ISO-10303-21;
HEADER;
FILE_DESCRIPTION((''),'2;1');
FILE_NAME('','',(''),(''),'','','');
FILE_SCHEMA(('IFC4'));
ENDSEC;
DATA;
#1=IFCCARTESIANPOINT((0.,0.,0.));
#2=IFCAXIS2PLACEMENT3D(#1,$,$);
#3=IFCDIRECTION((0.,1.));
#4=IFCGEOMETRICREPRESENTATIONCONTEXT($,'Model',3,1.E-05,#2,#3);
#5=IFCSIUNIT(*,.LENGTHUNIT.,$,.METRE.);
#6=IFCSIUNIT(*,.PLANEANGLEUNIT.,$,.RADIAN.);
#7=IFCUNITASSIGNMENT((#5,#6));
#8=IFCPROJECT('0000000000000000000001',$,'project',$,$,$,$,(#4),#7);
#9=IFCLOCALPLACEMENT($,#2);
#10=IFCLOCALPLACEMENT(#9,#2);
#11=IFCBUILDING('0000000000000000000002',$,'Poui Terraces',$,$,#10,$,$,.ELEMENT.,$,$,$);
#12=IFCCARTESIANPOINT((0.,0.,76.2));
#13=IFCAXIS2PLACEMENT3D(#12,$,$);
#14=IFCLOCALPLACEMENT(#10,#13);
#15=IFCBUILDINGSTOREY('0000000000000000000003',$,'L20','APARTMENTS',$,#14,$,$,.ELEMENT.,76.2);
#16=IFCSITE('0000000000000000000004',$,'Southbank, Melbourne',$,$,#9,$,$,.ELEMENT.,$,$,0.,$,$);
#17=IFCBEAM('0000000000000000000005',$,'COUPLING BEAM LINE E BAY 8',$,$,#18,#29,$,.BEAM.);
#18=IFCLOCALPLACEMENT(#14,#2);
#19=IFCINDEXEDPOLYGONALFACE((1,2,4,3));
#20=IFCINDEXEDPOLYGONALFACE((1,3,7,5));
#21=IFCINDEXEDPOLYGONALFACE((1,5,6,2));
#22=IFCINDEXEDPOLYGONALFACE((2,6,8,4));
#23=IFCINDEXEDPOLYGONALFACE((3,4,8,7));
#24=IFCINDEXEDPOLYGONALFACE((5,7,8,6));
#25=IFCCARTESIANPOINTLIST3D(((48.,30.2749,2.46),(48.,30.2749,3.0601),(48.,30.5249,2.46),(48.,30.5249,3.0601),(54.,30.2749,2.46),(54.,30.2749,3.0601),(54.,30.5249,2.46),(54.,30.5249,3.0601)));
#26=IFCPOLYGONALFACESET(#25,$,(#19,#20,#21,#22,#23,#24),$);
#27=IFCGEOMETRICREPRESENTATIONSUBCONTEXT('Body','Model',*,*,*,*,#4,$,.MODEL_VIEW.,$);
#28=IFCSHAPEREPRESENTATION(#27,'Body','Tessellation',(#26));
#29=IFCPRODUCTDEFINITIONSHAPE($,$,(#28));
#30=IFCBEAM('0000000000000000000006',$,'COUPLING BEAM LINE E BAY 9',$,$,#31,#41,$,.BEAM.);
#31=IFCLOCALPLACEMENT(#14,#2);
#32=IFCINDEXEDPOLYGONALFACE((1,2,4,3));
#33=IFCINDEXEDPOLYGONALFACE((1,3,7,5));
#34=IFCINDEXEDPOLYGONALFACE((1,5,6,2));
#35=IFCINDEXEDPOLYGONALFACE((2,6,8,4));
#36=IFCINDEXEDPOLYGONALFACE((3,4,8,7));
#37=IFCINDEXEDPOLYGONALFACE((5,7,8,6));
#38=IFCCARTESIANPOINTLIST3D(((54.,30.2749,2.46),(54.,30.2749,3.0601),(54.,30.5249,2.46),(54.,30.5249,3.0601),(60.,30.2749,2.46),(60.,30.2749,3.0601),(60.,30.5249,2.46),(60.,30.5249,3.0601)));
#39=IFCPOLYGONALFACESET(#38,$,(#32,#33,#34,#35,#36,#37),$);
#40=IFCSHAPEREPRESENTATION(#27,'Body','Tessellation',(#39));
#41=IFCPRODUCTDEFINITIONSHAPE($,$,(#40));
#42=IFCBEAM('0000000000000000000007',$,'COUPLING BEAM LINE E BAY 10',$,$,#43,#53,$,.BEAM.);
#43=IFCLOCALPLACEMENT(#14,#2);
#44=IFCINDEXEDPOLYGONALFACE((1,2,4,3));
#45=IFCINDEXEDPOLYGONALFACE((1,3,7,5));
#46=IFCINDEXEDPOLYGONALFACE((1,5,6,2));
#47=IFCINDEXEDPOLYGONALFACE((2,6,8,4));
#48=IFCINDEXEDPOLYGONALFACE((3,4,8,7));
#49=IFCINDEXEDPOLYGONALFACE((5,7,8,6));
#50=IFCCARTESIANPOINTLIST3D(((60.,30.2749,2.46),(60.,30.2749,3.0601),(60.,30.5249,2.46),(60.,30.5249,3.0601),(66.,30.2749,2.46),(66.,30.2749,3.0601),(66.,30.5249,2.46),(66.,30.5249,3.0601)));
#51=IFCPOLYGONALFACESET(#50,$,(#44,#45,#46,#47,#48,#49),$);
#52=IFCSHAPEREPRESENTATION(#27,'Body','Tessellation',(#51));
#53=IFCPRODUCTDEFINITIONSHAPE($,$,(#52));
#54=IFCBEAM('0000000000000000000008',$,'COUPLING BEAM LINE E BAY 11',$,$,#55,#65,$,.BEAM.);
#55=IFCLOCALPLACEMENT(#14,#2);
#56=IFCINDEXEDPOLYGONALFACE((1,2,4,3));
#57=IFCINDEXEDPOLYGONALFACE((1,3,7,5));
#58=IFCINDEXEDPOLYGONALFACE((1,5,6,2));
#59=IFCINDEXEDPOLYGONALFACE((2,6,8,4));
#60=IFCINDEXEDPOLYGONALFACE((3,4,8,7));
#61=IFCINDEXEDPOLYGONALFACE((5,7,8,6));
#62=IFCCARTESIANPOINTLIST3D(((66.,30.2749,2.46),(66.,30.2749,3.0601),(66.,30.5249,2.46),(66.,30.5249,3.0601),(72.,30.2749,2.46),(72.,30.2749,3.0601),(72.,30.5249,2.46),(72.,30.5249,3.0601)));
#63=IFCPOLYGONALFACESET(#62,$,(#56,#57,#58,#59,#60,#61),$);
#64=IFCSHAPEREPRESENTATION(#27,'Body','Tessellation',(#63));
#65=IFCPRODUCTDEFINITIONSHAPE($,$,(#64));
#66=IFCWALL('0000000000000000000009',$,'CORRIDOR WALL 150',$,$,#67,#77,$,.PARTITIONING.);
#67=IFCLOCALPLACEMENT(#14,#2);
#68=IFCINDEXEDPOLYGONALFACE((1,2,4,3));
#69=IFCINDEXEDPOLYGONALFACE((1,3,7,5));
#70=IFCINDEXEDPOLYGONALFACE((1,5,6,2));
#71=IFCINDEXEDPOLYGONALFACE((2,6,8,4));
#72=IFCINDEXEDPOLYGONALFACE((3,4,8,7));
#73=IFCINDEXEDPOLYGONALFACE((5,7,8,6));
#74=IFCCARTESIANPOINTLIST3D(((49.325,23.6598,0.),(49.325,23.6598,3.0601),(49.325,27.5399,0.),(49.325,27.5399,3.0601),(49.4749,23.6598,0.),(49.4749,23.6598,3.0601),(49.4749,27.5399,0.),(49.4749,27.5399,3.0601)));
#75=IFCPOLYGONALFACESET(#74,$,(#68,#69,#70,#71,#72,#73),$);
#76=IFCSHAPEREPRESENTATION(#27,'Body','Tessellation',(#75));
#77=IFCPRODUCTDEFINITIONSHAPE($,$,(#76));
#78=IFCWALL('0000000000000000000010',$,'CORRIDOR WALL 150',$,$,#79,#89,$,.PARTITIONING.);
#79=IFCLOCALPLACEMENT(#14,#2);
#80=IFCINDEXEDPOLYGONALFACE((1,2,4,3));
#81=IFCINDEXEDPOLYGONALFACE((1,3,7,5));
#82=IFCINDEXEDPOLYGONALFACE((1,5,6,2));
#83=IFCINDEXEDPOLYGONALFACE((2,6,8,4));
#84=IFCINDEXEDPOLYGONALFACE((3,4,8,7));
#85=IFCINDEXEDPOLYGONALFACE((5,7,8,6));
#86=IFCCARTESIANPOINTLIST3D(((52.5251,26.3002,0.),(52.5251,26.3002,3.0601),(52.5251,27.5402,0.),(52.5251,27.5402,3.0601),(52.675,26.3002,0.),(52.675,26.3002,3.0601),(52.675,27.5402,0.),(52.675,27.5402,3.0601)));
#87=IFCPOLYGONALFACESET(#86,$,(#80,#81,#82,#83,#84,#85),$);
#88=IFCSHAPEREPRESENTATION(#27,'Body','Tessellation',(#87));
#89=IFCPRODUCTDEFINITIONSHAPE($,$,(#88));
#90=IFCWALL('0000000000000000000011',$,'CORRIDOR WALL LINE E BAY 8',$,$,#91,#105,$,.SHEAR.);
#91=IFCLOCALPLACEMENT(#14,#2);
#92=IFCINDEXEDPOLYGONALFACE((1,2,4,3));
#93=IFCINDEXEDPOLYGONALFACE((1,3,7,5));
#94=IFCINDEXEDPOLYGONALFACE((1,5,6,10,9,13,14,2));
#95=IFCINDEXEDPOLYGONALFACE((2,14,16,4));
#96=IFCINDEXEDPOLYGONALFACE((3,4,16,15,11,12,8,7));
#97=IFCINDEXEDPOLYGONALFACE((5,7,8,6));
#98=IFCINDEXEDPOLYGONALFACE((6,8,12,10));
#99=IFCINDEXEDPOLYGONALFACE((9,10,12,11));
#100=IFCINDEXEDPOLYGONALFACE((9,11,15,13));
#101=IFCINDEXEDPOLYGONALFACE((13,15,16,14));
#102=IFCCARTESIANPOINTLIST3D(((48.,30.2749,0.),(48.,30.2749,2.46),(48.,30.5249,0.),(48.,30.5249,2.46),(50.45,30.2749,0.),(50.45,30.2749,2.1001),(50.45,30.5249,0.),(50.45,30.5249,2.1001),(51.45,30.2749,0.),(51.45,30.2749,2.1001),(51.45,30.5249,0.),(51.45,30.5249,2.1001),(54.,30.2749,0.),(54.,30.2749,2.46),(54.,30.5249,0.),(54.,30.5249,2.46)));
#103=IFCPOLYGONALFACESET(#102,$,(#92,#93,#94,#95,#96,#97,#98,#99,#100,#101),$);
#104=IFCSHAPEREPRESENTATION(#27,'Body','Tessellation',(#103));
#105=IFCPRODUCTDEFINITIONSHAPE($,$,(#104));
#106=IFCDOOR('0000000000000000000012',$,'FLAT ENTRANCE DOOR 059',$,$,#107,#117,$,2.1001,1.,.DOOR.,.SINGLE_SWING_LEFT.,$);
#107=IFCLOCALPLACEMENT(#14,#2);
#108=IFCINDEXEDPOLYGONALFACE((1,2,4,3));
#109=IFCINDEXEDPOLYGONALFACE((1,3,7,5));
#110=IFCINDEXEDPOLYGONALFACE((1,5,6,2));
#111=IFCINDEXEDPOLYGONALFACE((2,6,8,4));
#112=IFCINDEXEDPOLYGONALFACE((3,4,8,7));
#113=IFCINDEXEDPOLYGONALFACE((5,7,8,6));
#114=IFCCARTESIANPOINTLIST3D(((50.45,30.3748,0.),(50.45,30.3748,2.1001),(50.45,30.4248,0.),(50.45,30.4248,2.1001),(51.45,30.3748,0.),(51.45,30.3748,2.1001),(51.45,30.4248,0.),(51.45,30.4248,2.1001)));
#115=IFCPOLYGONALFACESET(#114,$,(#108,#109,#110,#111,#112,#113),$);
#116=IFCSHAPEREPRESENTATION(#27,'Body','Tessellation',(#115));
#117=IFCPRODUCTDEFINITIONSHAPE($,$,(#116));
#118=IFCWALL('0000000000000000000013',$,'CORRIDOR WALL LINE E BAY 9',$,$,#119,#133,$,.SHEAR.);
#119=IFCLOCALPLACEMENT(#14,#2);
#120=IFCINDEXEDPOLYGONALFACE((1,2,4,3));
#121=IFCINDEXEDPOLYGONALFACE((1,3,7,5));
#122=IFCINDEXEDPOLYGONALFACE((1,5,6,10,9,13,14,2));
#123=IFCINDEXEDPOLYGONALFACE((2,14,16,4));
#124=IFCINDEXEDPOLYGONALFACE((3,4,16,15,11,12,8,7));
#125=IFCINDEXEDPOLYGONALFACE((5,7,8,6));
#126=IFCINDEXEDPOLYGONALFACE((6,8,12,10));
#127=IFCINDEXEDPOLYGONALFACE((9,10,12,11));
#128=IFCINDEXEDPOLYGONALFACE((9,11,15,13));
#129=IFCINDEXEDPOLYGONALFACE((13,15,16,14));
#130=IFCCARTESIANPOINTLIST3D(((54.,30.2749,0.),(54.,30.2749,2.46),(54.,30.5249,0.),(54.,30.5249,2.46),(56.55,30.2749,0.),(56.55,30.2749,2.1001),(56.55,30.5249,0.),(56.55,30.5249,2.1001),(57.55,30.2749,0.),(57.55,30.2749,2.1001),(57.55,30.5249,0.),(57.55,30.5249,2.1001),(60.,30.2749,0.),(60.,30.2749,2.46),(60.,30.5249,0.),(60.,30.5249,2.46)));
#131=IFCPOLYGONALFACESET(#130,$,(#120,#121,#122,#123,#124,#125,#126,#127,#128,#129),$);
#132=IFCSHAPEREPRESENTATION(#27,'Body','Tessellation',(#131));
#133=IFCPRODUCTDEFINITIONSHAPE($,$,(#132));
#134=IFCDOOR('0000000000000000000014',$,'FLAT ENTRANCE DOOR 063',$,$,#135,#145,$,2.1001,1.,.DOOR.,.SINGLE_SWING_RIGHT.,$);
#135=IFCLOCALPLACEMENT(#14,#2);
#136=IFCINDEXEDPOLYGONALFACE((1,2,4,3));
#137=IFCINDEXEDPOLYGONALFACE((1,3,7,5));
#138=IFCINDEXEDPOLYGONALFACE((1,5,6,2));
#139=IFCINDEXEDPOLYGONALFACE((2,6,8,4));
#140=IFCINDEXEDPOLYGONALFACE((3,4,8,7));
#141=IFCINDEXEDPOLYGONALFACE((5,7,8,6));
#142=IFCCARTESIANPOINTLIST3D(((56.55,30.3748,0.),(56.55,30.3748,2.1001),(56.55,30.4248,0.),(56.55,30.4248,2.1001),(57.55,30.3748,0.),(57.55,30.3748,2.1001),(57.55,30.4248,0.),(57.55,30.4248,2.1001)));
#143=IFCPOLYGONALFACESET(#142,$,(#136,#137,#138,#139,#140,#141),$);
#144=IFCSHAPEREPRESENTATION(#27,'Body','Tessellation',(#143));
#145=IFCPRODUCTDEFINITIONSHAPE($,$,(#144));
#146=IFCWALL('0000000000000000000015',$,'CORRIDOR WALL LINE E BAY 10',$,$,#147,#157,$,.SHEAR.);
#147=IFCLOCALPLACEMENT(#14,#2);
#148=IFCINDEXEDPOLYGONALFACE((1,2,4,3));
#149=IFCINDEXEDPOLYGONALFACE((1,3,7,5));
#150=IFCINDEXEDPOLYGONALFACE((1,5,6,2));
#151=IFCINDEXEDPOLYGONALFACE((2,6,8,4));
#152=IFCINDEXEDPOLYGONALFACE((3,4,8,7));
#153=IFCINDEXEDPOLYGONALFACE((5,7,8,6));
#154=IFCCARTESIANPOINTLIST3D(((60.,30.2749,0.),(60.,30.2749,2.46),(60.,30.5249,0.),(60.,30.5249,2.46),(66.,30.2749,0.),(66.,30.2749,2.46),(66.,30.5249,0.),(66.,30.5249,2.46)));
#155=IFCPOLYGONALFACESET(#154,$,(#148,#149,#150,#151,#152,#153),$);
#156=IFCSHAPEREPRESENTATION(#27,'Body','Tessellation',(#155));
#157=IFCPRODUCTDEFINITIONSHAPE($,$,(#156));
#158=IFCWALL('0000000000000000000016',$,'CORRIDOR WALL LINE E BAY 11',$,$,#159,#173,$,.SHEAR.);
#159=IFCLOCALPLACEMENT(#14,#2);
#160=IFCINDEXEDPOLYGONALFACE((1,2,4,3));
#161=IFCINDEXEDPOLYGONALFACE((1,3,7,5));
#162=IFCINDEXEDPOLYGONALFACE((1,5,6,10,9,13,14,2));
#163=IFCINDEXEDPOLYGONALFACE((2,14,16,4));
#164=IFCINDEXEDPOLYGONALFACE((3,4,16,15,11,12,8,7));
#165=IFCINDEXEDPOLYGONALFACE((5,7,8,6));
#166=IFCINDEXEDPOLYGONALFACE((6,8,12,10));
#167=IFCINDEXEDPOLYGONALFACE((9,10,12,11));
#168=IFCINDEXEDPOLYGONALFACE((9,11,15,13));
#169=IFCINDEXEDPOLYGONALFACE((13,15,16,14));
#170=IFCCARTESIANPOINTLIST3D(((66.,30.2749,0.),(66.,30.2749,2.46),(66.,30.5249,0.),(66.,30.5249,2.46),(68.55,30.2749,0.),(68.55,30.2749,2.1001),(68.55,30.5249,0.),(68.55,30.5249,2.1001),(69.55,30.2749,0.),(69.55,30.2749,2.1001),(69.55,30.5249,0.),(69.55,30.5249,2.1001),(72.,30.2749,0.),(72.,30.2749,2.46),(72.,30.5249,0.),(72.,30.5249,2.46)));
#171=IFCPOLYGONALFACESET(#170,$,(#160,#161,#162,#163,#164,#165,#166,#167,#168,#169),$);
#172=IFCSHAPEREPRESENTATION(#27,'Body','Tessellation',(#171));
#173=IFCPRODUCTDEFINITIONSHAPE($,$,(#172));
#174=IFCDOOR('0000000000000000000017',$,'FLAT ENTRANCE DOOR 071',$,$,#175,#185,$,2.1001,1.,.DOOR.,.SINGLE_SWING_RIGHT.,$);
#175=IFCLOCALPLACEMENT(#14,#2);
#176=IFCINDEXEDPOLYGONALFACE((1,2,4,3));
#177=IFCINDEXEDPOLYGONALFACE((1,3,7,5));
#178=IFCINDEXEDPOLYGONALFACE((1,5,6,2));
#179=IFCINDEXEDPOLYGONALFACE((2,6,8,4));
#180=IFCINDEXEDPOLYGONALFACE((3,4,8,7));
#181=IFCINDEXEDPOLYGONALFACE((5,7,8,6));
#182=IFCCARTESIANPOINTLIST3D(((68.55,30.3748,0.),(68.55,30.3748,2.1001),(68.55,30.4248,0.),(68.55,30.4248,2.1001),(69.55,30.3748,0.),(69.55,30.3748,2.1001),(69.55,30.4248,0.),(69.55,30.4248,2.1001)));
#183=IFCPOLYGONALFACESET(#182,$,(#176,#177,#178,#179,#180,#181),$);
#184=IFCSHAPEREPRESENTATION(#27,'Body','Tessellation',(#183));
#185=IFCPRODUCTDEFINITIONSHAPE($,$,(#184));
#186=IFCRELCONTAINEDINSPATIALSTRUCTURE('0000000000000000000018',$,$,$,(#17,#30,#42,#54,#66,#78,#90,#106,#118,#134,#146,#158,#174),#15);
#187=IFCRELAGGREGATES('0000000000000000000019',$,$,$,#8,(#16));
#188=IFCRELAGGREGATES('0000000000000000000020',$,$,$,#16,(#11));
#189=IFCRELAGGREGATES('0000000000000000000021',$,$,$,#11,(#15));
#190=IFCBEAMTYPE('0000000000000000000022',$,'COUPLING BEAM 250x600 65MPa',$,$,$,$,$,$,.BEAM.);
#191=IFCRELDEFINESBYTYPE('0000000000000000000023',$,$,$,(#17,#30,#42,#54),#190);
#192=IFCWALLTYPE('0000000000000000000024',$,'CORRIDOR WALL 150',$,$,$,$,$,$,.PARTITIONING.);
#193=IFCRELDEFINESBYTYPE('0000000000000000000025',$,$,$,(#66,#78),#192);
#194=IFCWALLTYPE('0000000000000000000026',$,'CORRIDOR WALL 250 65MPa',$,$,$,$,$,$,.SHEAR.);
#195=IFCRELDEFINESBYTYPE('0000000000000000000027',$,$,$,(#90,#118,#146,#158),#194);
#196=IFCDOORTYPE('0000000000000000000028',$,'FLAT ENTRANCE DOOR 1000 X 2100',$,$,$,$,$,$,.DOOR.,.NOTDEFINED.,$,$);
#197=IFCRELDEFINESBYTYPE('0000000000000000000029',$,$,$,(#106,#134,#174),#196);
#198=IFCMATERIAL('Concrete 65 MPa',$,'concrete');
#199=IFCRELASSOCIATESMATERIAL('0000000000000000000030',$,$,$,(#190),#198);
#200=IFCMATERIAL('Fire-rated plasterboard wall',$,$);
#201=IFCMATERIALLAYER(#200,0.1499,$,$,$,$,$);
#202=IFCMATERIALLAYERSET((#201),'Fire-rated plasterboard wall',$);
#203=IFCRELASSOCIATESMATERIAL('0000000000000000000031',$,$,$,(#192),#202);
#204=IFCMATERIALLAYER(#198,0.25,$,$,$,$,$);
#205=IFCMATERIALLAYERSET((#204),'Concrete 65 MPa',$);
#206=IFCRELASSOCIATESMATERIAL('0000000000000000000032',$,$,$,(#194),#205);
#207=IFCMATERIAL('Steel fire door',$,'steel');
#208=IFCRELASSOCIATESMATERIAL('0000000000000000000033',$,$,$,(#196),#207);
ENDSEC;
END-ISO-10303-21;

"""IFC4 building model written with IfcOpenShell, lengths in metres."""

from ifc_helpers import new_model, si_unit, direction, frame, frame_2d, origin, origin_2d, place, context, subcontext, project, spatial, rectangle, extrude, source, transform, mapped, material, layer, layer_set, material_profile, profile_set, type_object, element, fill, save


model = new_model("IFC4")

# Units and contexts
model_context = context("Model", 3, precision=1e-05, world=origin(), true_north=direction((0.0, 1.0)))
body_context = subcontext(model_context, "Body", "Model", "MODEL_VIEW")
ifc_project = project(units=[si_unit("LENGTHUNIT", "METRE"), si_unit("PLANEANGLEUNIT", "RADIAN")], contexts=[model_context])

# Site, building, storey
site_placement = place(None, origin())
site = spatial("IfcSite", under=ifc_project, at=site_placement, Name="Southbank, Melbourne", CompositionType="ELEMENT", RefElevation=0.0)
building_placement = place(site_placement, origin())
building = spatial("IfcBuilding", under=site, at=building_placement, Name="Poui Terraces", CompositionType="ELEMENT")
storey_placement = place(building_placement, frame((0.0, 0.0, 76.2)))
storey = spatial("IfcBuildingStorey", under=building, at=storey_placement, Name="L20", Description="APARTMENTS", CompositionType="ELEMENT", Elevation=76.2)

# Beams
ifc_material_1 = material(Name="Concrete 65 MPa", Category="concrete")
ifc_material_profile = material_profile(ifc_material_1, rectangle(XDim=0.25, YDim=0.6001, at=origin_2d()), Name="RC 250x600")
ifc_profile_set = profile_set([ifc_material_profile], Name="Concrete 65 MPa")
beam_type = type_object("IfcBeamType", Name="COUPLING BEAM 250x600 65MPa", PredefinedType="BEAM", material=ifc_profile_set)
shared_shape = source(origin(), body_context, "Body", "SweptSolid", [
    extrude(rectangle(XDim=0.25, YDim=0.6001, at=origin_2d()), origin(), (0.0, 0.0, 1.0), 6.0),
])
for number, where, z_axis, x_axis, name in (
    (1, (48.0, 30.3999, 2.76), (1.0, 0.0, 0.0), (0.0, 1.0, 0.0), "COUPLING BEAM LINE E BAY 8"),
    (2, (54.0, 30.3999, 2.76), (1.0, 0.0, 0.0), (0.0, 1.0, 0.0), "COUPLING BEAM LINE E BAY 9"),
    (3, (60.0, 30.3999, 2.76), (1.0, 0.0, 0.0), (0.0, 1.0, 0.0), "COUPLING BEAM LINE E BAY 10"),
    (4, (66.0, 30.3999, 2.76), (1.0, 0.0, 0.0), (0.0, 1.0, 0.0), "COUPLING BEAM LINE E BAY 11"),
):
    element("IfcBeam", number, at=place(storey_placement, frame(where, z_axis=z_axis, x_axis=x_axis)), inside=storey, type_object=beam_type, Name=name, PredefinedType="BEAM", context=body_context, shape_type="MappedRepresentation", body=[
        mapped(shared_shape, transform((0.0, 0.0, 0.0))),
    ])

# Walls
ifc_material_2 = material(Name="Fire-rated plasterboard wall")
ifc_layer_1 = layer(ifc_material_2, 0.1499)
ifc_layer_set_1 = layer_set([ifc_layer_1], Name="Fire-rated plasterboard wall")
wall_type_1 = type_object("IfcWallType", Name="CORRIDOR WALL 150", PredefinedType="PARTITIONING", material=ifc_layer_set_1)
wall_1_placement = place(storey_placement, frame((49.3999, 23.6599, 0.0), z_axis=(0.0, 0.0, 1.0), x_axis=(0.0, 1.0, 0.0)))
element("IfcWall", 5, at=wall_1_placement, inside=storey, type_object=wall_type_1, Name="CORRIDOR WALL 150", PredefinedType="PARTITIONING", context=body_context, shape_type="SweptSolid", body=[
    extrude(rectangle(XDim=3.8801, YDim=0.1499, at=frame_2d((1.9399, 0.0))), origin(), (0.0, 0.0, 1.0), 3.0601),
])
wall_2_placement = place(storey_placement, frame((52.6001, 26.3, 0.0), z_axis=(0.0, 0.0, 1.0), x_axis=(0.0, 1.0, 0.0)))
element("IfcWall", 6, at=wall_2_placement, inside=storey, type_object=wall_type_1, Name="CORRIDOR WALL 150", PredefinedType="PARTITIONING", context=body_context, shape_type="SweptSolid", body=[
    extrude(rectangle(XDim=1.24, YDim=0.1499, at=frame_2d((0.6201, 0.0))), origin(), (0.0, 0.0, 1.0), 3.0601),
])

# Walls, openings, doors
ifc_layer_2 = layer(ifc_material_1, 0.25)
ifc_layer_set_2 = layer_set([ifc_layer_2], Name="Concrete 65 MPa")
wall_type_2 = type_object("IfcWallType", Name="CORRIDOR WALL 250 65MPa", PredefinedType="SHEAR", material=ifc_layer_set_2)
wall_3_placement = place(storey_placement, frame((48.0, 30.3999, 0.0), z_axis=(0.0, 0.0, 1.0), x_axis=(1.0, 0.0, 0.0)))
wall_3 = element("IfcWall", 7, at=wall_3_placement, inside=storey, type_object=wall_type_2, Name="CORRIDOR WALL LINE E BAY 8", PredefinedType="SHEAR", context=body_context, shape_type="SweptSolid", body=[
    extrude(rectangle(XDim=6.0, YDim=0.25, at=frame_2d((3.0, 0.0))), origin(), (0.0, 0.0, 1.0), 2.46),
])
opening_1_placement = place(wall_3_placement, frame((2.45, 0.0, 0.0)))
opening_1 = element("IfcOpeningElement", 8, at=opening_1_placement, cuts=wall_3, PredefinedType="OPENING", context=body_context, shape_type="SweptSolid", body=[
    extrude(rectangle(XDim=1.0, YDim=2.1001, at=frame_2d((0.5, 1.05))), frame((0.0, 0.135, 0.0), z_axis=(0.0, -1.0, 0.0), x_axis=(1.0, 0.0, 0.0)), (0.0, 0.0, 1.0), 0.27),
])
ifc_material_3 = material(Name="Steel fire door", Category="steel")
door_type_1 = type_object("IfcDoorType", Name="FLAT ENTRANCE DOOR 1000 X 2100", OperationType="NOTDEFINED", PredefinedType="DOOR", material=ifc_material_3)
door_1_placement = place(opening_1_placement, origin())
door_1 = element("IfcDoor", 9, at=door_1_placement, inside=storey, type_object=door_type_1, Name="FLAT ENTRANCE DOOR 059", OperationType="SINGLE_SWING_LEFT", OverallHeight=2.1001, OverallWidth=1.0, PredefinedType="DOOR", context=body_context, shape_type="SweptSolid", body=[
    extrude(rectangle(XDim=1.0, YDim=2.1001, at=frame_2d((0.5, 1.05))), frame((0.0, 0.0249, 0.0), z_axis=(0.0, -1.0, 0.0), x_axis=(1.0, 0.0, 0.0)), (0.0, 0.0, 1.0), 0.05),
])
fill(opening_1, door_1)
wall_4_placement = place(storey_placement, frame((54.0, 30.3999, 0.0), z_axis=(0.0, 0.0, 1.0), x_axis=(1.0, 0.0, 0.0)))
wall_4 = element("IfcWall", 10, at=wall_4_placement, inside=storey, type_object=wall_type_2, Name="CORRIDOR WALL LINE E BAY 9", PredefinedType="SHEAR", context=body_context, shape_type="SweptSolid", body=[
    extrude(rectangle(XDim=6.0, YDim=0.25, at=frame_2d((3.0, 0.0))), origin(), (0.0, 0.0, 1.0), 2.46),
])
opening_2_placement = place(wall_4_placement, frame((2.55, 0.0, 0.0)))
opening_2 = element("IfcOpeningElement", 11, at=opening_2_placement, cuts=wall_4, PredefinedType="OPENING", context=body_context, shape_type="SweptSolid", body=[
    extrude(rectangle(XDim=1.0, YDim=2.1001, at=frame_2d((0.5, 1.05))), frame((0.0, 0.135, 0.0), z_axis=(0.0, -1.0, 0.0), x_axis=(1.0, 0.0, 0.0)), (0.0, 0.0, 1.0), 0.27),
])
door_2_placement = place(opening_2_placement, origin())
door_2 = element("IfcDoor", 12, at=door_2_placement, inside=storey, type_object=door_type_1, Name="FLAT ENTRANCE DOOR 063", OperationType="SINGLE_SWING_RIGHT", OverallHeight=2.1001, OverallWidth=1.0, PredefinedType="DOOR", context=body_context, shape_type="SweptSolid", body=[
    extrude(rectangle(XDim=1.0, YDim=2.1001, at=frame_2d((0.5, 1.05))), frame((0.0, 0.0249, 0.0), z_axis=(0.0, -1.0, 0.0), x_axis=(1.0, 0.0, 0.0)), (0.0, 0.0, 1.0), 0.05),
])
fill(opening_2, door_2)

# Wall
wall_5_placement = place(storey_placement, frame((60.0, 30.3999, 0.0), z_axis=(0.0, 0.0, 1.0), x_axis=(1.0, 0.0, 0.0)))
element("IfcWall", 13, at=wall_5_placement, inside=storey, type_object=wall_type_2, Name="CORRIDOR WALL LINE E BAY 10", PredefinedType="SHEAR", context=body_context, shape_type="SweptSolid", body=[
    extrude(rectangle(XDim=6.0, YDim=0.25, at=frame_2d((3.0, 0.0))), origin(), (0.0, 0.0, 1.0), 2.46),
])

# Wall, opening, door
wall_6_placement = place(storey_placement, frame((66.0, 30.3999, 0.0), z_axis=(0.0, 0.0, 1.0), x_axis=(1.0, 0.0, 0.0)))
wall_6 = element("IfcWall", 14, at=wall_6_placement, inside=storey, type_object=wall_type_2, Name="CORRIDOR WALL LINE E BAY 11", PredefinedType="SHEAR", context=body_context, shape_type="SweptSolid", body=[
    extrude(rectangle(XDim=6.0, YDim=0.25, at=frame_2d((3.0, 0.0))), origin(), (0.0, 0.0, 1.0), 2.46),
])
opening_3_placement = place(wall_6_placement, frame((2.55, 0.0, 0.0)))
opening_3 = element("IfcOpeningElement", 15, at=opening_3_placement, cuts=wall_6, PredefinedType="OPENING", context=body_context, shape_type="SweptSolid", body=[
    extrude(rectangle(XDim=1.0, YDim=2.1001, at=frame_2d((0.5, 1.05))), frame((0.0, 0.135, 0.0), z_axis=(0.0, -1.0, 0.0), x_axis=(1.0, 0.0, 0.0)), (0.0, 0.0, 1.0), 0.27),
])
door_3_placement = place(opening_3_placement, origin())
door_3 = element("IfcDoor", 16, at=door_3_placement, inside=storey, type_object=door_type_1, Name="FLAT ENTRANCE DOOR 071", OperationType="SINGLE_SWING_RIGHT", OverallHeight=2.1001, OverallWidth=1.0, PredefinedType="DOOR", context=body_context, shape_type="SweptSolid", body=[
    extrude(rectangle(XDim=1.0, YDim=2.1001, at=frame_2d((0.5, 1.05))), frame((0.0, 0.0249, 0.0), z_axis=(0.0, -1.0, 0.0), x_axis=(1.0, 0.0, 0.0)), (0.0, 0.0, 1.0), 0.05),
])
fill(opening_3, door_3)

save(model, "model.ifc")
